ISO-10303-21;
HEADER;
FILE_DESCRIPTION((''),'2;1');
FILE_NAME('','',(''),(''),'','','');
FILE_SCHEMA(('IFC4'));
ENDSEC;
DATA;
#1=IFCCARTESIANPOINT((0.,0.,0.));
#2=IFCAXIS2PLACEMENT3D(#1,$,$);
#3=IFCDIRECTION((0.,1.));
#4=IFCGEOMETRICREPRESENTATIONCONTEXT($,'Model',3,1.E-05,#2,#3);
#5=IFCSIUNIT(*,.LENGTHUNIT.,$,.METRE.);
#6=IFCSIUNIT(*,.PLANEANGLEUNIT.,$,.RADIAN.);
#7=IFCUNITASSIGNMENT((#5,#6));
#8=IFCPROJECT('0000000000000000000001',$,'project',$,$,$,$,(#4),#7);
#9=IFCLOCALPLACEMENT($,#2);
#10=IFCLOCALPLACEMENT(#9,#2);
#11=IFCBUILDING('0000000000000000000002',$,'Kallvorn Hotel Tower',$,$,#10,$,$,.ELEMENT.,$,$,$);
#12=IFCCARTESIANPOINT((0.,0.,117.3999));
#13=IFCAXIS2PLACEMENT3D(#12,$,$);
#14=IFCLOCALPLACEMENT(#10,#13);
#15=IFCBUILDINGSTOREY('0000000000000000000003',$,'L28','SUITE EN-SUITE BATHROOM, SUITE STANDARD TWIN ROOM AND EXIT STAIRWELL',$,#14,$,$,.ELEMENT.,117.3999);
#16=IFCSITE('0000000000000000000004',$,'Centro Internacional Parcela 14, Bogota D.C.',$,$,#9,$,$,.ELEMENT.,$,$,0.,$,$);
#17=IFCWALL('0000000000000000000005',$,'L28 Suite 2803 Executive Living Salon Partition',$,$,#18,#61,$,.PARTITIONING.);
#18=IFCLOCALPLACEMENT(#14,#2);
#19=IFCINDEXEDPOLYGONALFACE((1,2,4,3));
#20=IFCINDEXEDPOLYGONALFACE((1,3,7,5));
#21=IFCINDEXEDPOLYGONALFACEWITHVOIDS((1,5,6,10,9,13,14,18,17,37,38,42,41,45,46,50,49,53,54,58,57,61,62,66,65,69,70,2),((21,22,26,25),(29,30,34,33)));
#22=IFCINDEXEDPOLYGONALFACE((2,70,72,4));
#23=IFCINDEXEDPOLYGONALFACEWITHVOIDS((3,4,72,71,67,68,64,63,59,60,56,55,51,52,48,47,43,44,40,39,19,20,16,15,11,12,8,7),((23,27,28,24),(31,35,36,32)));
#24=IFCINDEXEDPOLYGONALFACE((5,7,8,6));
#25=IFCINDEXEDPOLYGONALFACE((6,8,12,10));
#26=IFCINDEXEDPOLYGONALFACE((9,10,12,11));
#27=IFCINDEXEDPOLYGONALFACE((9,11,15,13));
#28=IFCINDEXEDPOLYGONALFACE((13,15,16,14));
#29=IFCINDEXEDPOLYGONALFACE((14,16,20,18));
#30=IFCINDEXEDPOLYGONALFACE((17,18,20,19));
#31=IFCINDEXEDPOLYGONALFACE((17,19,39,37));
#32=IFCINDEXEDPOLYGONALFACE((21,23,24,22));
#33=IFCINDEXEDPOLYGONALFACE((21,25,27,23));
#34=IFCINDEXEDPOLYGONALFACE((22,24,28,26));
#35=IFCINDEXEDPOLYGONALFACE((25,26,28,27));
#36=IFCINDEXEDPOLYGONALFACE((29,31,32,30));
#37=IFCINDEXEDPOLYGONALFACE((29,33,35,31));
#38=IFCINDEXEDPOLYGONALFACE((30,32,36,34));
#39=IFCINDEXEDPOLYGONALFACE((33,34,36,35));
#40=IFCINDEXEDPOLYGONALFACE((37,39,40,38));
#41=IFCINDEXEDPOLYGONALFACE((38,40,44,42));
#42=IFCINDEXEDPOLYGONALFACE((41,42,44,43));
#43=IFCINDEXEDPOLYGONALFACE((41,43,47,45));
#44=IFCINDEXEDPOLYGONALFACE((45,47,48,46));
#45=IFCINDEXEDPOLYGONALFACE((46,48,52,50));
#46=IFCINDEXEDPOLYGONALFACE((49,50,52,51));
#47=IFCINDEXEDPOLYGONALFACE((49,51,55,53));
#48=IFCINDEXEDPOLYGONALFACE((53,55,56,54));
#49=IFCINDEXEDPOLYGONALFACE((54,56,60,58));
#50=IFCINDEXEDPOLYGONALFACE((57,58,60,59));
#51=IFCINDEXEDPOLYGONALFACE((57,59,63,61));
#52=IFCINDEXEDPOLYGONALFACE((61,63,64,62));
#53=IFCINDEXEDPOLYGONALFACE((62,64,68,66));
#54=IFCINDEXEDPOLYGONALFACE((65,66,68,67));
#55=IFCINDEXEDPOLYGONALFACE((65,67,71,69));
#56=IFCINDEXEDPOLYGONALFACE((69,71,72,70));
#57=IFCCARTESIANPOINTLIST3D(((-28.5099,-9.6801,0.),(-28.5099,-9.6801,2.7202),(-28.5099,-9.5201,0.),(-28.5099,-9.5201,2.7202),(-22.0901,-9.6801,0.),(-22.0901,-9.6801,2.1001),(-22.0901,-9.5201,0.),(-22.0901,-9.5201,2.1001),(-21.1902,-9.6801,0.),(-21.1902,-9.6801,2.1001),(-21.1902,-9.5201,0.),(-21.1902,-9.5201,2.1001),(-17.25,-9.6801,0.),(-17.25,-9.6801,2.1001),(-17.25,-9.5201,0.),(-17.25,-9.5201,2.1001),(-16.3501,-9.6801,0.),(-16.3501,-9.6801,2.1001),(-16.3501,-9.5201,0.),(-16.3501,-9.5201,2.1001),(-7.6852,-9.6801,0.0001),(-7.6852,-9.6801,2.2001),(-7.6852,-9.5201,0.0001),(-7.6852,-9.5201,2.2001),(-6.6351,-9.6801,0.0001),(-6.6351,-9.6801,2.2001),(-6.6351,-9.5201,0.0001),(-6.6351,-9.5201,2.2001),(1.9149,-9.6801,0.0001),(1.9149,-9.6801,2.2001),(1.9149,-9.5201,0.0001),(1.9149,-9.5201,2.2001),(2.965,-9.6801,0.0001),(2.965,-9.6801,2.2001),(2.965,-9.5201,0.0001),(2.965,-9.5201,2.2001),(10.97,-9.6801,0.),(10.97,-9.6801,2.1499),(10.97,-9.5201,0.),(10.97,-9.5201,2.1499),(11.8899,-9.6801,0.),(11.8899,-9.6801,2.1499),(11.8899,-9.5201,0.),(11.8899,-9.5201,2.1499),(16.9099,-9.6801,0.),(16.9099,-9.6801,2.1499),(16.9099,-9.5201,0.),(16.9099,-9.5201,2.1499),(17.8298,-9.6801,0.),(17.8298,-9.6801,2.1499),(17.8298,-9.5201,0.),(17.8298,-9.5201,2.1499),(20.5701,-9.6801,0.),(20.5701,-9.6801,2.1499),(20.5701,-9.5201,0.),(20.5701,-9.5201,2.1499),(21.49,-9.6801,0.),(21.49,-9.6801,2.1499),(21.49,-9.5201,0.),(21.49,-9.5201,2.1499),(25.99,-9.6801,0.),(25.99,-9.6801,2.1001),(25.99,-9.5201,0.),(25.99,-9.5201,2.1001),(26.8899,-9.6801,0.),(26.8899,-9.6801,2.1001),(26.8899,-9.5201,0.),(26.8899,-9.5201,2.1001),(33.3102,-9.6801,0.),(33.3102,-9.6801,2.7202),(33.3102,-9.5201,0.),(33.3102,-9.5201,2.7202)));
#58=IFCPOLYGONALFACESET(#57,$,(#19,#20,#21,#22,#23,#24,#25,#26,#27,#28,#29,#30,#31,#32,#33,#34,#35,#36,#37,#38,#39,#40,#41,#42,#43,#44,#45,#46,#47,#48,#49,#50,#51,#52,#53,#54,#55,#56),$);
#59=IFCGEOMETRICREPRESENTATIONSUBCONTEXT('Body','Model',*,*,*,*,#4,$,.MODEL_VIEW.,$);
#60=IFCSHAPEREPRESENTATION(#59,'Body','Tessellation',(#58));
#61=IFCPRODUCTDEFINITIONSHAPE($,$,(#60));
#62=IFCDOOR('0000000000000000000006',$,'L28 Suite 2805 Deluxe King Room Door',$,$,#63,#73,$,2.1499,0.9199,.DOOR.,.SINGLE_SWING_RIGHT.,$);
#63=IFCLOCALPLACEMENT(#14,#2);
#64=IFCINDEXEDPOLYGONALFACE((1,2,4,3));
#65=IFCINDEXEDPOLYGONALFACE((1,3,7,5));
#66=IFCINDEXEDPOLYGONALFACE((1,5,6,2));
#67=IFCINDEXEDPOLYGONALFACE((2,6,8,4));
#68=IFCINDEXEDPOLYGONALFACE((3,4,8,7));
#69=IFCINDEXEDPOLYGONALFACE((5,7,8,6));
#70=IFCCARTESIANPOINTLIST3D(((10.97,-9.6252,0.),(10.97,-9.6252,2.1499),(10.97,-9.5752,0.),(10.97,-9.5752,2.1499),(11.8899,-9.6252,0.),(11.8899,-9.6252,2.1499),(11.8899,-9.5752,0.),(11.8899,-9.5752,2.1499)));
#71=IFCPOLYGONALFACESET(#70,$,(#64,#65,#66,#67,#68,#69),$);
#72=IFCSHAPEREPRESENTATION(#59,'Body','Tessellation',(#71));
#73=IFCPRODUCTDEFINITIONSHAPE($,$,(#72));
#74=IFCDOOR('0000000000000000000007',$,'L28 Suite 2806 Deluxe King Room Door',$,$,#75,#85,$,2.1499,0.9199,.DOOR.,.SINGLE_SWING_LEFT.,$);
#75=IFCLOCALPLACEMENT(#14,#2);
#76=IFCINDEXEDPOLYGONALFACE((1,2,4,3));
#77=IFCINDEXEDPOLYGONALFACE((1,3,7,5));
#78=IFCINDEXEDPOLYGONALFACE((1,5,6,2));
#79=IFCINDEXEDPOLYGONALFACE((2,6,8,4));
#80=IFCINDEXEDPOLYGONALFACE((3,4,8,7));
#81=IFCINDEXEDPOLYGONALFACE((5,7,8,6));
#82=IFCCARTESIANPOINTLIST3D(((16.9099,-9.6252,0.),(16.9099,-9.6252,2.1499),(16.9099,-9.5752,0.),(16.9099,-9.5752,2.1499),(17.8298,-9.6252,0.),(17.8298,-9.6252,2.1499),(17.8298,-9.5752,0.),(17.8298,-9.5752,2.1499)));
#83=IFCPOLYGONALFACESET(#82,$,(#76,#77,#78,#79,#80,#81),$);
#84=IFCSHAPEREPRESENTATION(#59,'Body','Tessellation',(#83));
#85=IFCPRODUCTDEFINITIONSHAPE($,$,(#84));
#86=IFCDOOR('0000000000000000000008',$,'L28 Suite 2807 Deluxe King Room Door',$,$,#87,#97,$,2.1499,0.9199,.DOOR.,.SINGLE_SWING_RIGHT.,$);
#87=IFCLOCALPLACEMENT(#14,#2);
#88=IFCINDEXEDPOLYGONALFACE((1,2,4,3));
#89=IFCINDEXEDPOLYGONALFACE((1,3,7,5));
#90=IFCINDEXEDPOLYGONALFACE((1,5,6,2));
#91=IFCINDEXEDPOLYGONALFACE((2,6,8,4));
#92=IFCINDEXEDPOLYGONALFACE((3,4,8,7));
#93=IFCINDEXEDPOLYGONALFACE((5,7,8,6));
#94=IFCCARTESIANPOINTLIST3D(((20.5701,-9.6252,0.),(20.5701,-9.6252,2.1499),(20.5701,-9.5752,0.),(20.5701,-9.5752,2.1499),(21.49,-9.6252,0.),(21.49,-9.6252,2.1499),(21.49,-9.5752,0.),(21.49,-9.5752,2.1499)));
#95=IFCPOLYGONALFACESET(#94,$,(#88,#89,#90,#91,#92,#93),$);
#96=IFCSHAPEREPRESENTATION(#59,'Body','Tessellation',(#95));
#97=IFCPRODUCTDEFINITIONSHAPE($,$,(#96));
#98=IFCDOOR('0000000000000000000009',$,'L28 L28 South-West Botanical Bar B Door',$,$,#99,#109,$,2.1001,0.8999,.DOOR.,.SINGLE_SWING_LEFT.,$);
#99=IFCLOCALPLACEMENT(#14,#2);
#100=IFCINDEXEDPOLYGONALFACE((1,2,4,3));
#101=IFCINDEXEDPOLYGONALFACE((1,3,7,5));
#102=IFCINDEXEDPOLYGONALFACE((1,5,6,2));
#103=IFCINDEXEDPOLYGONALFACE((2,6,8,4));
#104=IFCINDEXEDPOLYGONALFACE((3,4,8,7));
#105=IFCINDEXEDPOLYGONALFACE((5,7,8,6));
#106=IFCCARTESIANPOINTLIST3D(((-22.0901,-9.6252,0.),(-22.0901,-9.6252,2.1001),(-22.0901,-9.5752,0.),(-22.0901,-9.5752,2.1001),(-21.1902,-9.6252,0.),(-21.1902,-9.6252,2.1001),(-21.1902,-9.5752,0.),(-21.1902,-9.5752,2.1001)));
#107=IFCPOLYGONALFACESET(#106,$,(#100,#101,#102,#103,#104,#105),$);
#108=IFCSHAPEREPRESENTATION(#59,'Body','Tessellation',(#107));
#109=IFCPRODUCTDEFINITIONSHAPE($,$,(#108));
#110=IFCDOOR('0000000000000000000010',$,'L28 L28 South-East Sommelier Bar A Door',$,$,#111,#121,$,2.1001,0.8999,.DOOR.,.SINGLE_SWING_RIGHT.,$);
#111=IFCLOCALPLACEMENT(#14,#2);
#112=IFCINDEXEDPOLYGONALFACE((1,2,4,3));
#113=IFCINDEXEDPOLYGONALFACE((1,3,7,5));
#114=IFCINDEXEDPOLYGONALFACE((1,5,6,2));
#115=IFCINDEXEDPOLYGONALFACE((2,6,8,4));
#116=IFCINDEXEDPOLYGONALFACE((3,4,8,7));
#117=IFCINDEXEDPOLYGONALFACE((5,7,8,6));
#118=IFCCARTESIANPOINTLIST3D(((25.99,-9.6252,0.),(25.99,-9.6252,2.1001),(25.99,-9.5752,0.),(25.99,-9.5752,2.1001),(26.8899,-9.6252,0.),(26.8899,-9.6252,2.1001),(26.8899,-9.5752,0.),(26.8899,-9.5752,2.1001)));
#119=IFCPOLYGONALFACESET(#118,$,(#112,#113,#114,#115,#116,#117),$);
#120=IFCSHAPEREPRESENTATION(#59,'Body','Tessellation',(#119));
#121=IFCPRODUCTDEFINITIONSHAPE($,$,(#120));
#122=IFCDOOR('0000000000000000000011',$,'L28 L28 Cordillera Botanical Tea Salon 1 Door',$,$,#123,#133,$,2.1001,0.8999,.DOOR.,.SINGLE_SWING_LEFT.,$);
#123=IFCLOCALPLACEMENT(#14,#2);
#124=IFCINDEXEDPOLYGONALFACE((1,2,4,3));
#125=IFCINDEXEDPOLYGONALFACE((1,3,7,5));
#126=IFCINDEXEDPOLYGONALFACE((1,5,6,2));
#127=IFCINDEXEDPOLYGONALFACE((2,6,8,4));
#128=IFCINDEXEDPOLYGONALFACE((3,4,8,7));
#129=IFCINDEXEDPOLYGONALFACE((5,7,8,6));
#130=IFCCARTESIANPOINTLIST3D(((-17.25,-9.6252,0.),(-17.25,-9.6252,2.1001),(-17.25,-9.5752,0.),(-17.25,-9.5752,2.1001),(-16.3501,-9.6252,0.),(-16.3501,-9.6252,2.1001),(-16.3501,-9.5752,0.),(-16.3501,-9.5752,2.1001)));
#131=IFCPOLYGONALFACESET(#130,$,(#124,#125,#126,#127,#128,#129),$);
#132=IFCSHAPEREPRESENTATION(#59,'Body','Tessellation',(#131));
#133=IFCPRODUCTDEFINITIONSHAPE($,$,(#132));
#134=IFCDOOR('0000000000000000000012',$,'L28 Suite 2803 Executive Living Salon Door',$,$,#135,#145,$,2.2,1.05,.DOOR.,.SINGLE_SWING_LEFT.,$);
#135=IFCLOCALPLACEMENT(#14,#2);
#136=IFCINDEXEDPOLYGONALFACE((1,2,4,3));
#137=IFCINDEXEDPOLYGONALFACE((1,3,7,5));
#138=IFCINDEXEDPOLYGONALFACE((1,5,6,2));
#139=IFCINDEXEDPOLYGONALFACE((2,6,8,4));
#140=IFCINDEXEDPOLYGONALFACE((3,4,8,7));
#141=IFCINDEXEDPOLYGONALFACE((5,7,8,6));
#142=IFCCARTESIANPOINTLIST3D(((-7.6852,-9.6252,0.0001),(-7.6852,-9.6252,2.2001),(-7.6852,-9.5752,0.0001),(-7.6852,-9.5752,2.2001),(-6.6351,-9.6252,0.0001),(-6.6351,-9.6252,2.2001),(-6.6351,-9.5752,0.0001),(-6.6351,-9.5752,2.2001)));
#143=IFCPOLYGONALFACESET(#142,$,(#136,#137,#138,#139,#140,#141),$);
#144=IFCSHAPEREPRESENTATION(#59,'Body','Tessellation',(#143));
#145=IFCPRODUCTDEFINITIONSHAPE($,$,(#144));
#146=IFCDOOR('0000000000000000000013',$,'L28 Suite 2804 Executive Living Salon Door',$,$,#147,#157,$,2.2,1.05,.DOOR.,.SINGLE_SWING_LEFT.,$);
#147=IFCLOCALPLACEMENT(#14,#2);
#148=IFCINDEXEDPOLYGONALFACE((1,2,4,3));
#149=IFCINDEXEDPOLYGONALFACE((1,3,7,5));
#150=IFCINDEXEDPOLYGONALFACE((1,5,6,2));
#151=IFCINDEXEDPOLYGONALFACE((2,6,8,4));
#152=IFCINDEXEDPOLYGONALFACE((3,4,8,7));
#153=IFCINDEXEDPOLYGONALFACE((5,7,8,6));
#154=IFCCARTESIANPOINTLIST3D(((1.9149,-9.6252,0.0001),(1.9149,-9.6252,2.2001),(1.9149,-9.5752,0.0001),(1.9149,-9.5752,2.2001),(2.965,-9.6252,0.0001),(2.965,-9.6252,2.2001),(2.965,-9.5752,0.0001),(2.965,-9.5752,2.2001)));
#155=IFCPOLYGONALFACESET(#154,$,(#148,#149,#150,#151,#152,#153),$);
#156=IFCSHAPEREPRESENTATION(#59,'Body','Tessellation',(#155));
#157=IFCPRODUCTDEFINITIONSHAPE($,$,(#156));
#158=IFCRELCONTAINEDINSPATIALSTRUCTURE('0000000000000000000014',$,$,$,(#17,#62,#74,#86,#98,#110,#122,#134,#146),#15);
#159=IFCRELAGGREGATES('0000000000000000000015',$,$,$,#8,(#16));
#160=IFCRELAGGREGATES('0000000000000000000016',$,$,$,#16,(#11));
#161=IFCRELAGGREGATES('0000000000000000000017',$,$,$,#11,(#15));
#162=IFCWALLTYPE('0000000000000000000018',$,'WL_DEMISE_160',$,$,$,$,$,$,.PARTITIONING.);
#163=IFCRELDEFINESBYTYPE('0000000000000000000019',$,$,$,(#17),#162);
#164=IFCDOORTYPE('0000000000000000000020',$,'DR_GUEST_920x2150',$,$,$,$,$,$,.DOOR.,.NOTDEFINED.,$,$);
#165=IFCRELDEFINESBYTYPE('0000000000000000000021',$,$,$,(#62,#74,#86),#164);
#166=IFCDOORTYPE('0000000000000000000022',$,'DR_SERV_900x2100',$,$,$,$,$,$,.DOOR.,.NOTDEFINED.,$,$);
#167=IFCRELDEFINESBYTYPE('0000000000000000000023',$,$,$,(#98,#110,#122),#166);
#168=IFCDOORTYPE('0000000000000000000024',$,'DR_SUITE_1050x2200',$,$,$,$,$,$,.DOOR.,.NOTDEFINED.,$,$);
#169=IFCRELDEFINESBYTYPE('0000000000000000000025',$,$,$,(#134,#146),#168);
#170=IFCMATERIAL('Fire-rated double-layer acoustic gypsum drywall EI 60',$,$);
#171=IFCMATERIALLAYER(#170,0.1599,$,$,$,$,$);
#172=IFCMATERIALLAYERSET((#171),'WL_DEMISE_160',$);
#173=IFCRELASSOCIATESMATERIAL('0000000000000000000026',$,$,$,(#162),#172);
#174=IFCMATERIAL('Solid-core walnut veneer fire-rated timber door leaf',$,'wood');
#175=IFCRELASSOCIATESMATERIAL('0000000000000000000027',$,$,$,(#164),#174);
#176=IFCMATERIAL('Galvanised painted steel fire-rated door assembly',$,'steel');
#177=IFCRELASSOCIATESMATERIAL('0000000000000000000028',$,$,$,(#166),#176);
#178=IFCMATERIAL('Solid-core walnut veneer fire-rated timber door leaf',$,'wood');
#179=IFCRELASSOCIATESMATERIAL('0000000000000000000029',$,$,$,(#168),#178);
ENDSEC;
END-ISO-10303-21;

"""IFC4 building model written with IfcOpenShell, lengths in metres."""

from ifc_helpers import new_model, si_unit, direction, frame, frame_2d, origin, place, context, subcontext, project, spatial, rectangle, extrude, material, layer, layer_set, type_object, element, fill, save


model = new_model("IFC4")

# Units and contexts
model_context = context("Model", 3, precision=1e-05, world=origin(), true_north=direction((0.0, 1.0)))
body_context = subcontext(model_context, "Body", "Model", "MODEL_VIEW")
ifc_project = project(units=[si_unit("LENGTHUNIT", "METRE"), si_unit("PLANEANGLEUNIT", "RADIAN")], contexts=[model_context])

# Site, building, storey
site_placement = place(None, origin())
site = spatial("IfcSite", under=ifc_project, at=site_placement, Name="Centro Internacional Parcela 14, Bogota D.C.", CompositionType="ELEMENT", RefElevation=0.0)
building_placement = place(site_placement, origin())
building = spatial("IfcBuilding", under=site, at=building_placement, Name="Kallvorn Hotel Tower", CompositionType="ELEMENT")
storey_placement = place(building_placement, frame((0.0, 0.0, 117.3999)))
storey = spatial("IfcBuildingStorey", under=building, at=storey_placement, Name="L28", Description="SUITE EN-SUITE BATHROOM, SUITE STANDARD TWIN ROOM AND EXIT STAIRWELL", CompositionType="ELEMENT", Elevation=117.3999)

# Wall, openings, doors
ifc_material_1 = material(Name="Fire-rated double-layer acoustic gypsum drywall EI 60")
ifc_layer_1 = layer(ifc_material_1, 0.1599)
ifc_layer_set_1 = layer_set([ifc_layer_1], Name="WL_DEMISE_160")
wall_type_1 = type_object("IfcWallType", Name="WL_DEMISE_160", PredefinedType="PARTITIONING", material=ifc_layer_set_1)
wall_1_placement = place(storey_placement, frame((-28.51, -9.6001, 0.0), z_axis=(0.0, 0.0, 1.0), x_axis=(1.0, 0.0, 0.0)))
wall_1 = element("IfcWall", 1, at=wall_1_placement, inside=storey, type_object=wall_type_1, Name="L28 Suite 2803 Executive Living Salon Partition", PredefinedType="PARTITIONING", context=body_context, shape_type="SweptSolid", body=[
    extrude(rectangle(XDim=61.8201, YDim=0.1599, at=frame_2d((30.9102, 0.0))), origin(), (0.0, 0.0, 1.0), 2.7202),
])
opening_1_placement = place(wall_1_placement, frame((6.4199, 0.0, 0.0)))
opening_1 = element("IfcOpeningElement", 2, at=opening_1_placement, cuts=wall_1, PredefinedType="OPENING", context=body_context, shape_type="SweptSolid", body=[
    extrude(rectangle(XDim=0.8999, YDim=2.1001, at=frame_2d((0.45, 1.05))), frame((0.0, 0.095, 0.0), z_axis=(0.0, -1.0, 0.0), x_axis=(1.0, 0.0, 0.0)), (0.0, 0.0, 1.0), 0.1899),
])
opening_2_placement = place(wall_1_placement, frame((54.5, 0.0, 0.0)))
opening_2 = element("IfcOpeningElement", 3, at=opening_2_placement, cuts=wall_1, PredefinedType="OPENING", context=body_context, shape_type="SweptSolid", body=[
    extrude(rectangle(XDim=0.8999, YDim=2.1001, at=frame_2d((0.45, 1.05))), frame((0.0, 0.095, 0.0), z_axis=(0.0, -1.0, 0.0), x_axis=(1.0, 0.0, 0.0)), (0.0, 0.0, 1.0), 0.1899),
])
opening_3_placement = place(wall_1_placement, frame((11.26, 0.0, 0.0)))
opening_3 = element("IfcOpeningElement", 4, at=opening_3_placement, cuts=wall_1, PredefinedType="OPENING", context=body_context, shape_type="SweptSolid", body=[
    extrude(rectangle(XDim=0.8999, YDim=2.1001, at=frame_2d((0.45, 1.05))), frame((0.0, 0.095, 0.0), z_axis=(0.0, -1.0, 0.0), x_axis=(1.0, 0.0, 0.0)), (0.0, 0.0, 1.0), 0.1899),
])
opening_4_placement = place(wall_1_placement, frame((20.825, 0.0, 0.0)))
opening_4 = element("IfcOpeningElement", 5, at=opening_4_placement, cuts=wall_1, PredefinedType="OPENING", context=body_context, shape_type="SweptSolid", body=[
    extrude(rectangle(XDim=1.05, YDim=2.2, at=frame_2d((0.5249, 1.1001))), frame((0.0, 0.095, 0.0), z_axis=(0.0, -1.0, 0.0), x_axis=(1.0, 0.0, 0.0)), (0.0, 0.0, 1.0), 0.1899),
])
opening_5_placement = place(wall_1_placement, frame((30.425, 0.0, 0.0)))
opening_5 = element("IfcOpeningElement", 6, at=opening_5_placement, cuts=wall_1, PredefinedType="OPENING", context=body_context, shape_type="SweptSolid", body=[
    extrude(rectangle(XDim=1.05, YDim=2.2, at=frame_2d((0.5249, 1.1001))), frame((0.0, 0.095, 0.0), z_axis=(0.0, -1.0, 0.0), x_axis=(1.0, 0.0, 0.0)), (0.0, 0.0, 1.0), 0.1899),
])
opening_6_placement = place(wall_1_placement, frame((39.48, 0.0, 0.0)))
opening_6 = element("IfcOpeningElement", 7, at=opening_6_placement, cuts=wall_1, PredefinedType="OPENING", context=body_context, shape_type="SweptSolid", body=[
    extrude(rectangle(XDim=0.9199, YDim=2.1499, at=frame_2d((0.46, 1.075))), frame((0.0, 0.095, 0.0), z_axis=(0.0, -1.0, 0.0), x_axis=(1.0, 0.0, 0.0)), (0.0, 0.0, 1.0), 0.1899),
])
opening_7_placement = place(wall_1_placement, frame((45.4199, 0.0, 0.0)))
opening_7 = element("IfcOpeningElement", 8, at=opening_7_placement, cuts=wall_1, PredefinedType="OPENING", context=body_context, shape_type="SweptSolid", body=[
    extrude(rectangle(XDim=0.9199, YDim=2.1499, at=frame_2d((0.46, 1.075))), frame((0.0, 0.095, 0.0), z_axis=(0.0, -1.0, 0.0), x_axis=(1.0, 0.0, 0.0)), (0.0, 0.0, 1.0), 0.1899),
])
opening_8_placement = place(wall_1_placement, frame((49.0801, 0.0, 0.0)))
opening_8 = element("IfcOpeningElement", 9, at=opening_8_placement, cuts=wall_1, PredefinedType="OPENING", context=body_context, shape_type="SweptSolid", body=[
    extrude(rectangle(XDim=0.9199, YDim=2.1499, at=frame_2d((0.46, 1.075))), frame((0.0, 0.095, 0.0), z_axis=(0.0, -1.0, 0.0), x_axis=(1.0, 0.0, 0.0)), (0.0, 0.0, 1.0), 0.1899),
])
ifc_material_2 = material(Name="Solid-core walnut veneer fire-rated timber door leaf", Category="wood")
door_type_1 = type_object("IfcDoorType", Name="DR_GUEST_920x2150", OperationType="NOTDEFINED", PredefinedType="DOOR", material=ifc_material_2)
door_1_placement = place(opening_6_placement, origin())
door_1 = element("IfcDoor", 10, at=door_1_placement, inside=storey, type_object=door_type_1, Name="L28 Suite 2805 Deluxe King Room Door", OperationType="SINGLE_SWING_RIGHT", OverallHeight=2.1499, OverallWidth=0.9199, PredefinedType="DOOR", context=body_context, shape_type="SweptSolid", body=[
    extrude(rectangle(XDim=0.9199, YDim=2.1499, at=frame_2d((0.46, 1.075))), frame((0.0, 0.0249, 0.0), z_axis=(0.0, -1.0, 0.0), x_axis=(1.0, 0.0, 0.0)), (0.0, 0.0, 1.0), 0.05),
])
fill(opening_6, door_1)
door_2_placement = place(opening_7_placement, origin())
door_2 = element("IfcDoor", 11, at=door_2_placement, inside=storey, type_object=door_type_1, Name="L28 Suite 2806 Deluxe King Room Door", OperationType="SINGLE_SWING_LEFT", OverallHeight=2.1499, OverallWidth=0.9199, PredefinedType="DOOR", context=body_context, shape_type="SweptSolid", body=[
    extrude(rectangle(XDim=0.9199, YDim=2.1499, at=frame_2d((0.46, 1.075))), frame((0.0, 0.0249, 0.0), z_axis=(0.0, -1.0, 0.0), x_axis=(1.0, 0.0, 0.0)), (0.0, 0.0, 1.0), 0.05),
])
fill(opening_7, door_2)
door_3_placement = place(opening_8_placement, origin())
door_3 = element("IfcDoor", 12, at=door_3_placement, inside=storey, type_object=door_type_1, Name="L28 Suite 2807 Deluxe King Room Door", OperationType="SINGLE_SWING_RIGHT", OverallHeight=2.1499, OverallWidth=0.9199, PredefinedType="DOOR", context=body_context, shape_type="SweptSolid", body=[
    extrude(rectangle(XDim=0.9199, YDim=2.1499, at=frame_2d((0.46, 1.075))), frame((0.0, 0.0249, 0.0), z_axis=(0.0, -1.0, 0.0), x_axis=(1.0, 0.0, 0.0)), (0.0, 0.0, 1.0), 0.05),
])
fill(opening_8, door_3)
ifc_material_3 = material(Name="Galvanised painted steel fire-rated door assembly", Category="steel")
door_type_2 = type_object("IfcDoorType", Name="DR_SERV_900x2100", OperationType="NOTDEFINED", PredefinedType="DOOR", material=ifc_material_3)
door_4_placement = place(opening_1_placement, origin())
door_4 = element("IfcDoor", 13, at=door_4_placement, inside=storey, type_object=door_type_2, Name="L28 L28 South-West Botanical Bar B Door", OperationType="SINGLE_SWING_LEFT", OverallHeight=2.1001, OverallWidth=0.8999, PredefinedType="DOOR", context=body_context, shape_type="SweptSolid", body=[
    extrude(rectangle(XDim=0.8999, YDim=2.1001, at=frame_2d((0.45, 1.05))), frame((0.0, 0.0249, 0.0), z_axis=(0.0, -1.0, 0.0), x_axis=(1.0, 0.0, 0.0)), (0.0, 0.0, 1.0), 0.05),
])
fill(opening_1, door_4)
door_5_placement = place(opening_2_placement, origin())
door_5 = element("IfcDoor", 14, at=door_5_placement, inside=storey, type_object=door_type_2, Name="L28 L28 South-East Sommelier Bar A Door", OperationType="SINGLE_SWING_RIGHT", OverallHeight=2.1001, OverallWidth=0.8999, PredefinedType="DOOR", context=body_context, shape_type="SweptSolid", body=[
    extrude(rectangle(XDim=0.8999, YDim=2.1001, at=frame_2d((0.45, 1.05))), frame((0.0, 0.0249, 0.0), z_axis=(0.0, -1.0, 0.0), x_axis=(1.0, 0.0, 0.0)), (0.0, 0.0, 1.0), 0.05),
])
fill(opening_2, door_5)
door_6_placement = place(opening_3_placement, origin())
door_6 = element("IfcDoor", 15, at=door_6_placement, inside=storey, type_object=door_type_2, Name="L28 L28 Cordillera Botanical Tea Salon 1 Door", OperationType="SINGLE_SWING_LEFT", OverallHeight=2.1001, OverallWidth=0.8999, PredefinedType="DOOR", context=body_context, shape_type="SweptSolid", body=[
    extrude(rectangle(XDim=0.8999, YDim=2.1001, at=frame_2d((0.45, 1.05))), frame((0.0, 0.0249, 0.0), z_axis=(0.0, -1.0, 0.0), x_axis=(1.0, 0.0, 0.0)), (0.0, 0.0, 1.0), 0.05),
])
fill(opening_3, door_6)
ifc_material_4 = material(Name="Solid-core walnut veneer fire-rated timber door leaf", Category="wood")
door_type_3 = type_object("IfcDoorType", Name="DR_SUITE_1050x2200", OperationType="NOTDEFINED", PredefinedType="DOOR", material=ifc_material_4)
door_7_placement = place(opening_4_placement, origin())
door_7 = element("IfcDoor", 16, at=door_7_placement, inside=storey, type_object=door_type_3, Name="L28 Suite 2803 Executive Living Salon Door", OperationType="SINGLE_SWING_LEFT", OverallHeight=2.2, OverallWidth=1.05, PredefinedType="DOOR", context=body_context, shape_type="SweptSolid", body=[
    extrude(rectangle(XDim=1.05, YDim=2.2, at=frame_2d((0.5249, 1.1001))), frame((0.0, 0.0249, 0.0), z_axis=(0.0, -1.0, 0.0), x_axis=(1.0, 0.0, 0.0)), (0.0, 0.0, 1.0), 0.05),
])
fill(opening_4, door_7)
door_8_placement = place(opening_5_placement, origin())
door_8 = element("IfcDoor", 17, at=door_8_placement, inside=storey, type_object=door_type_3, Name="L28 Suite 2804 Executive Living Salon Door", OperationType="SINGLE_SWING_LEFT", OverallHeight=2.2, OverallWidth=1.05, PredefinedType="DOOR", context=body_context, shape_type="SweptSolid", body=[
    extrude(rectangle(XDim=1.05, YDim=2.2, at=frame_2d((0.5249, 1.1001))), frame((0.0, 0.0249, 0.0), z_axis=(0.0, -1.0, 0.0), x_axis=(1.0, 0.0, 0.0)), (0.0, 0.0, 1.0), 0.05),
])
fill(opening_5, door_8)

save(model, "model.ifc")
